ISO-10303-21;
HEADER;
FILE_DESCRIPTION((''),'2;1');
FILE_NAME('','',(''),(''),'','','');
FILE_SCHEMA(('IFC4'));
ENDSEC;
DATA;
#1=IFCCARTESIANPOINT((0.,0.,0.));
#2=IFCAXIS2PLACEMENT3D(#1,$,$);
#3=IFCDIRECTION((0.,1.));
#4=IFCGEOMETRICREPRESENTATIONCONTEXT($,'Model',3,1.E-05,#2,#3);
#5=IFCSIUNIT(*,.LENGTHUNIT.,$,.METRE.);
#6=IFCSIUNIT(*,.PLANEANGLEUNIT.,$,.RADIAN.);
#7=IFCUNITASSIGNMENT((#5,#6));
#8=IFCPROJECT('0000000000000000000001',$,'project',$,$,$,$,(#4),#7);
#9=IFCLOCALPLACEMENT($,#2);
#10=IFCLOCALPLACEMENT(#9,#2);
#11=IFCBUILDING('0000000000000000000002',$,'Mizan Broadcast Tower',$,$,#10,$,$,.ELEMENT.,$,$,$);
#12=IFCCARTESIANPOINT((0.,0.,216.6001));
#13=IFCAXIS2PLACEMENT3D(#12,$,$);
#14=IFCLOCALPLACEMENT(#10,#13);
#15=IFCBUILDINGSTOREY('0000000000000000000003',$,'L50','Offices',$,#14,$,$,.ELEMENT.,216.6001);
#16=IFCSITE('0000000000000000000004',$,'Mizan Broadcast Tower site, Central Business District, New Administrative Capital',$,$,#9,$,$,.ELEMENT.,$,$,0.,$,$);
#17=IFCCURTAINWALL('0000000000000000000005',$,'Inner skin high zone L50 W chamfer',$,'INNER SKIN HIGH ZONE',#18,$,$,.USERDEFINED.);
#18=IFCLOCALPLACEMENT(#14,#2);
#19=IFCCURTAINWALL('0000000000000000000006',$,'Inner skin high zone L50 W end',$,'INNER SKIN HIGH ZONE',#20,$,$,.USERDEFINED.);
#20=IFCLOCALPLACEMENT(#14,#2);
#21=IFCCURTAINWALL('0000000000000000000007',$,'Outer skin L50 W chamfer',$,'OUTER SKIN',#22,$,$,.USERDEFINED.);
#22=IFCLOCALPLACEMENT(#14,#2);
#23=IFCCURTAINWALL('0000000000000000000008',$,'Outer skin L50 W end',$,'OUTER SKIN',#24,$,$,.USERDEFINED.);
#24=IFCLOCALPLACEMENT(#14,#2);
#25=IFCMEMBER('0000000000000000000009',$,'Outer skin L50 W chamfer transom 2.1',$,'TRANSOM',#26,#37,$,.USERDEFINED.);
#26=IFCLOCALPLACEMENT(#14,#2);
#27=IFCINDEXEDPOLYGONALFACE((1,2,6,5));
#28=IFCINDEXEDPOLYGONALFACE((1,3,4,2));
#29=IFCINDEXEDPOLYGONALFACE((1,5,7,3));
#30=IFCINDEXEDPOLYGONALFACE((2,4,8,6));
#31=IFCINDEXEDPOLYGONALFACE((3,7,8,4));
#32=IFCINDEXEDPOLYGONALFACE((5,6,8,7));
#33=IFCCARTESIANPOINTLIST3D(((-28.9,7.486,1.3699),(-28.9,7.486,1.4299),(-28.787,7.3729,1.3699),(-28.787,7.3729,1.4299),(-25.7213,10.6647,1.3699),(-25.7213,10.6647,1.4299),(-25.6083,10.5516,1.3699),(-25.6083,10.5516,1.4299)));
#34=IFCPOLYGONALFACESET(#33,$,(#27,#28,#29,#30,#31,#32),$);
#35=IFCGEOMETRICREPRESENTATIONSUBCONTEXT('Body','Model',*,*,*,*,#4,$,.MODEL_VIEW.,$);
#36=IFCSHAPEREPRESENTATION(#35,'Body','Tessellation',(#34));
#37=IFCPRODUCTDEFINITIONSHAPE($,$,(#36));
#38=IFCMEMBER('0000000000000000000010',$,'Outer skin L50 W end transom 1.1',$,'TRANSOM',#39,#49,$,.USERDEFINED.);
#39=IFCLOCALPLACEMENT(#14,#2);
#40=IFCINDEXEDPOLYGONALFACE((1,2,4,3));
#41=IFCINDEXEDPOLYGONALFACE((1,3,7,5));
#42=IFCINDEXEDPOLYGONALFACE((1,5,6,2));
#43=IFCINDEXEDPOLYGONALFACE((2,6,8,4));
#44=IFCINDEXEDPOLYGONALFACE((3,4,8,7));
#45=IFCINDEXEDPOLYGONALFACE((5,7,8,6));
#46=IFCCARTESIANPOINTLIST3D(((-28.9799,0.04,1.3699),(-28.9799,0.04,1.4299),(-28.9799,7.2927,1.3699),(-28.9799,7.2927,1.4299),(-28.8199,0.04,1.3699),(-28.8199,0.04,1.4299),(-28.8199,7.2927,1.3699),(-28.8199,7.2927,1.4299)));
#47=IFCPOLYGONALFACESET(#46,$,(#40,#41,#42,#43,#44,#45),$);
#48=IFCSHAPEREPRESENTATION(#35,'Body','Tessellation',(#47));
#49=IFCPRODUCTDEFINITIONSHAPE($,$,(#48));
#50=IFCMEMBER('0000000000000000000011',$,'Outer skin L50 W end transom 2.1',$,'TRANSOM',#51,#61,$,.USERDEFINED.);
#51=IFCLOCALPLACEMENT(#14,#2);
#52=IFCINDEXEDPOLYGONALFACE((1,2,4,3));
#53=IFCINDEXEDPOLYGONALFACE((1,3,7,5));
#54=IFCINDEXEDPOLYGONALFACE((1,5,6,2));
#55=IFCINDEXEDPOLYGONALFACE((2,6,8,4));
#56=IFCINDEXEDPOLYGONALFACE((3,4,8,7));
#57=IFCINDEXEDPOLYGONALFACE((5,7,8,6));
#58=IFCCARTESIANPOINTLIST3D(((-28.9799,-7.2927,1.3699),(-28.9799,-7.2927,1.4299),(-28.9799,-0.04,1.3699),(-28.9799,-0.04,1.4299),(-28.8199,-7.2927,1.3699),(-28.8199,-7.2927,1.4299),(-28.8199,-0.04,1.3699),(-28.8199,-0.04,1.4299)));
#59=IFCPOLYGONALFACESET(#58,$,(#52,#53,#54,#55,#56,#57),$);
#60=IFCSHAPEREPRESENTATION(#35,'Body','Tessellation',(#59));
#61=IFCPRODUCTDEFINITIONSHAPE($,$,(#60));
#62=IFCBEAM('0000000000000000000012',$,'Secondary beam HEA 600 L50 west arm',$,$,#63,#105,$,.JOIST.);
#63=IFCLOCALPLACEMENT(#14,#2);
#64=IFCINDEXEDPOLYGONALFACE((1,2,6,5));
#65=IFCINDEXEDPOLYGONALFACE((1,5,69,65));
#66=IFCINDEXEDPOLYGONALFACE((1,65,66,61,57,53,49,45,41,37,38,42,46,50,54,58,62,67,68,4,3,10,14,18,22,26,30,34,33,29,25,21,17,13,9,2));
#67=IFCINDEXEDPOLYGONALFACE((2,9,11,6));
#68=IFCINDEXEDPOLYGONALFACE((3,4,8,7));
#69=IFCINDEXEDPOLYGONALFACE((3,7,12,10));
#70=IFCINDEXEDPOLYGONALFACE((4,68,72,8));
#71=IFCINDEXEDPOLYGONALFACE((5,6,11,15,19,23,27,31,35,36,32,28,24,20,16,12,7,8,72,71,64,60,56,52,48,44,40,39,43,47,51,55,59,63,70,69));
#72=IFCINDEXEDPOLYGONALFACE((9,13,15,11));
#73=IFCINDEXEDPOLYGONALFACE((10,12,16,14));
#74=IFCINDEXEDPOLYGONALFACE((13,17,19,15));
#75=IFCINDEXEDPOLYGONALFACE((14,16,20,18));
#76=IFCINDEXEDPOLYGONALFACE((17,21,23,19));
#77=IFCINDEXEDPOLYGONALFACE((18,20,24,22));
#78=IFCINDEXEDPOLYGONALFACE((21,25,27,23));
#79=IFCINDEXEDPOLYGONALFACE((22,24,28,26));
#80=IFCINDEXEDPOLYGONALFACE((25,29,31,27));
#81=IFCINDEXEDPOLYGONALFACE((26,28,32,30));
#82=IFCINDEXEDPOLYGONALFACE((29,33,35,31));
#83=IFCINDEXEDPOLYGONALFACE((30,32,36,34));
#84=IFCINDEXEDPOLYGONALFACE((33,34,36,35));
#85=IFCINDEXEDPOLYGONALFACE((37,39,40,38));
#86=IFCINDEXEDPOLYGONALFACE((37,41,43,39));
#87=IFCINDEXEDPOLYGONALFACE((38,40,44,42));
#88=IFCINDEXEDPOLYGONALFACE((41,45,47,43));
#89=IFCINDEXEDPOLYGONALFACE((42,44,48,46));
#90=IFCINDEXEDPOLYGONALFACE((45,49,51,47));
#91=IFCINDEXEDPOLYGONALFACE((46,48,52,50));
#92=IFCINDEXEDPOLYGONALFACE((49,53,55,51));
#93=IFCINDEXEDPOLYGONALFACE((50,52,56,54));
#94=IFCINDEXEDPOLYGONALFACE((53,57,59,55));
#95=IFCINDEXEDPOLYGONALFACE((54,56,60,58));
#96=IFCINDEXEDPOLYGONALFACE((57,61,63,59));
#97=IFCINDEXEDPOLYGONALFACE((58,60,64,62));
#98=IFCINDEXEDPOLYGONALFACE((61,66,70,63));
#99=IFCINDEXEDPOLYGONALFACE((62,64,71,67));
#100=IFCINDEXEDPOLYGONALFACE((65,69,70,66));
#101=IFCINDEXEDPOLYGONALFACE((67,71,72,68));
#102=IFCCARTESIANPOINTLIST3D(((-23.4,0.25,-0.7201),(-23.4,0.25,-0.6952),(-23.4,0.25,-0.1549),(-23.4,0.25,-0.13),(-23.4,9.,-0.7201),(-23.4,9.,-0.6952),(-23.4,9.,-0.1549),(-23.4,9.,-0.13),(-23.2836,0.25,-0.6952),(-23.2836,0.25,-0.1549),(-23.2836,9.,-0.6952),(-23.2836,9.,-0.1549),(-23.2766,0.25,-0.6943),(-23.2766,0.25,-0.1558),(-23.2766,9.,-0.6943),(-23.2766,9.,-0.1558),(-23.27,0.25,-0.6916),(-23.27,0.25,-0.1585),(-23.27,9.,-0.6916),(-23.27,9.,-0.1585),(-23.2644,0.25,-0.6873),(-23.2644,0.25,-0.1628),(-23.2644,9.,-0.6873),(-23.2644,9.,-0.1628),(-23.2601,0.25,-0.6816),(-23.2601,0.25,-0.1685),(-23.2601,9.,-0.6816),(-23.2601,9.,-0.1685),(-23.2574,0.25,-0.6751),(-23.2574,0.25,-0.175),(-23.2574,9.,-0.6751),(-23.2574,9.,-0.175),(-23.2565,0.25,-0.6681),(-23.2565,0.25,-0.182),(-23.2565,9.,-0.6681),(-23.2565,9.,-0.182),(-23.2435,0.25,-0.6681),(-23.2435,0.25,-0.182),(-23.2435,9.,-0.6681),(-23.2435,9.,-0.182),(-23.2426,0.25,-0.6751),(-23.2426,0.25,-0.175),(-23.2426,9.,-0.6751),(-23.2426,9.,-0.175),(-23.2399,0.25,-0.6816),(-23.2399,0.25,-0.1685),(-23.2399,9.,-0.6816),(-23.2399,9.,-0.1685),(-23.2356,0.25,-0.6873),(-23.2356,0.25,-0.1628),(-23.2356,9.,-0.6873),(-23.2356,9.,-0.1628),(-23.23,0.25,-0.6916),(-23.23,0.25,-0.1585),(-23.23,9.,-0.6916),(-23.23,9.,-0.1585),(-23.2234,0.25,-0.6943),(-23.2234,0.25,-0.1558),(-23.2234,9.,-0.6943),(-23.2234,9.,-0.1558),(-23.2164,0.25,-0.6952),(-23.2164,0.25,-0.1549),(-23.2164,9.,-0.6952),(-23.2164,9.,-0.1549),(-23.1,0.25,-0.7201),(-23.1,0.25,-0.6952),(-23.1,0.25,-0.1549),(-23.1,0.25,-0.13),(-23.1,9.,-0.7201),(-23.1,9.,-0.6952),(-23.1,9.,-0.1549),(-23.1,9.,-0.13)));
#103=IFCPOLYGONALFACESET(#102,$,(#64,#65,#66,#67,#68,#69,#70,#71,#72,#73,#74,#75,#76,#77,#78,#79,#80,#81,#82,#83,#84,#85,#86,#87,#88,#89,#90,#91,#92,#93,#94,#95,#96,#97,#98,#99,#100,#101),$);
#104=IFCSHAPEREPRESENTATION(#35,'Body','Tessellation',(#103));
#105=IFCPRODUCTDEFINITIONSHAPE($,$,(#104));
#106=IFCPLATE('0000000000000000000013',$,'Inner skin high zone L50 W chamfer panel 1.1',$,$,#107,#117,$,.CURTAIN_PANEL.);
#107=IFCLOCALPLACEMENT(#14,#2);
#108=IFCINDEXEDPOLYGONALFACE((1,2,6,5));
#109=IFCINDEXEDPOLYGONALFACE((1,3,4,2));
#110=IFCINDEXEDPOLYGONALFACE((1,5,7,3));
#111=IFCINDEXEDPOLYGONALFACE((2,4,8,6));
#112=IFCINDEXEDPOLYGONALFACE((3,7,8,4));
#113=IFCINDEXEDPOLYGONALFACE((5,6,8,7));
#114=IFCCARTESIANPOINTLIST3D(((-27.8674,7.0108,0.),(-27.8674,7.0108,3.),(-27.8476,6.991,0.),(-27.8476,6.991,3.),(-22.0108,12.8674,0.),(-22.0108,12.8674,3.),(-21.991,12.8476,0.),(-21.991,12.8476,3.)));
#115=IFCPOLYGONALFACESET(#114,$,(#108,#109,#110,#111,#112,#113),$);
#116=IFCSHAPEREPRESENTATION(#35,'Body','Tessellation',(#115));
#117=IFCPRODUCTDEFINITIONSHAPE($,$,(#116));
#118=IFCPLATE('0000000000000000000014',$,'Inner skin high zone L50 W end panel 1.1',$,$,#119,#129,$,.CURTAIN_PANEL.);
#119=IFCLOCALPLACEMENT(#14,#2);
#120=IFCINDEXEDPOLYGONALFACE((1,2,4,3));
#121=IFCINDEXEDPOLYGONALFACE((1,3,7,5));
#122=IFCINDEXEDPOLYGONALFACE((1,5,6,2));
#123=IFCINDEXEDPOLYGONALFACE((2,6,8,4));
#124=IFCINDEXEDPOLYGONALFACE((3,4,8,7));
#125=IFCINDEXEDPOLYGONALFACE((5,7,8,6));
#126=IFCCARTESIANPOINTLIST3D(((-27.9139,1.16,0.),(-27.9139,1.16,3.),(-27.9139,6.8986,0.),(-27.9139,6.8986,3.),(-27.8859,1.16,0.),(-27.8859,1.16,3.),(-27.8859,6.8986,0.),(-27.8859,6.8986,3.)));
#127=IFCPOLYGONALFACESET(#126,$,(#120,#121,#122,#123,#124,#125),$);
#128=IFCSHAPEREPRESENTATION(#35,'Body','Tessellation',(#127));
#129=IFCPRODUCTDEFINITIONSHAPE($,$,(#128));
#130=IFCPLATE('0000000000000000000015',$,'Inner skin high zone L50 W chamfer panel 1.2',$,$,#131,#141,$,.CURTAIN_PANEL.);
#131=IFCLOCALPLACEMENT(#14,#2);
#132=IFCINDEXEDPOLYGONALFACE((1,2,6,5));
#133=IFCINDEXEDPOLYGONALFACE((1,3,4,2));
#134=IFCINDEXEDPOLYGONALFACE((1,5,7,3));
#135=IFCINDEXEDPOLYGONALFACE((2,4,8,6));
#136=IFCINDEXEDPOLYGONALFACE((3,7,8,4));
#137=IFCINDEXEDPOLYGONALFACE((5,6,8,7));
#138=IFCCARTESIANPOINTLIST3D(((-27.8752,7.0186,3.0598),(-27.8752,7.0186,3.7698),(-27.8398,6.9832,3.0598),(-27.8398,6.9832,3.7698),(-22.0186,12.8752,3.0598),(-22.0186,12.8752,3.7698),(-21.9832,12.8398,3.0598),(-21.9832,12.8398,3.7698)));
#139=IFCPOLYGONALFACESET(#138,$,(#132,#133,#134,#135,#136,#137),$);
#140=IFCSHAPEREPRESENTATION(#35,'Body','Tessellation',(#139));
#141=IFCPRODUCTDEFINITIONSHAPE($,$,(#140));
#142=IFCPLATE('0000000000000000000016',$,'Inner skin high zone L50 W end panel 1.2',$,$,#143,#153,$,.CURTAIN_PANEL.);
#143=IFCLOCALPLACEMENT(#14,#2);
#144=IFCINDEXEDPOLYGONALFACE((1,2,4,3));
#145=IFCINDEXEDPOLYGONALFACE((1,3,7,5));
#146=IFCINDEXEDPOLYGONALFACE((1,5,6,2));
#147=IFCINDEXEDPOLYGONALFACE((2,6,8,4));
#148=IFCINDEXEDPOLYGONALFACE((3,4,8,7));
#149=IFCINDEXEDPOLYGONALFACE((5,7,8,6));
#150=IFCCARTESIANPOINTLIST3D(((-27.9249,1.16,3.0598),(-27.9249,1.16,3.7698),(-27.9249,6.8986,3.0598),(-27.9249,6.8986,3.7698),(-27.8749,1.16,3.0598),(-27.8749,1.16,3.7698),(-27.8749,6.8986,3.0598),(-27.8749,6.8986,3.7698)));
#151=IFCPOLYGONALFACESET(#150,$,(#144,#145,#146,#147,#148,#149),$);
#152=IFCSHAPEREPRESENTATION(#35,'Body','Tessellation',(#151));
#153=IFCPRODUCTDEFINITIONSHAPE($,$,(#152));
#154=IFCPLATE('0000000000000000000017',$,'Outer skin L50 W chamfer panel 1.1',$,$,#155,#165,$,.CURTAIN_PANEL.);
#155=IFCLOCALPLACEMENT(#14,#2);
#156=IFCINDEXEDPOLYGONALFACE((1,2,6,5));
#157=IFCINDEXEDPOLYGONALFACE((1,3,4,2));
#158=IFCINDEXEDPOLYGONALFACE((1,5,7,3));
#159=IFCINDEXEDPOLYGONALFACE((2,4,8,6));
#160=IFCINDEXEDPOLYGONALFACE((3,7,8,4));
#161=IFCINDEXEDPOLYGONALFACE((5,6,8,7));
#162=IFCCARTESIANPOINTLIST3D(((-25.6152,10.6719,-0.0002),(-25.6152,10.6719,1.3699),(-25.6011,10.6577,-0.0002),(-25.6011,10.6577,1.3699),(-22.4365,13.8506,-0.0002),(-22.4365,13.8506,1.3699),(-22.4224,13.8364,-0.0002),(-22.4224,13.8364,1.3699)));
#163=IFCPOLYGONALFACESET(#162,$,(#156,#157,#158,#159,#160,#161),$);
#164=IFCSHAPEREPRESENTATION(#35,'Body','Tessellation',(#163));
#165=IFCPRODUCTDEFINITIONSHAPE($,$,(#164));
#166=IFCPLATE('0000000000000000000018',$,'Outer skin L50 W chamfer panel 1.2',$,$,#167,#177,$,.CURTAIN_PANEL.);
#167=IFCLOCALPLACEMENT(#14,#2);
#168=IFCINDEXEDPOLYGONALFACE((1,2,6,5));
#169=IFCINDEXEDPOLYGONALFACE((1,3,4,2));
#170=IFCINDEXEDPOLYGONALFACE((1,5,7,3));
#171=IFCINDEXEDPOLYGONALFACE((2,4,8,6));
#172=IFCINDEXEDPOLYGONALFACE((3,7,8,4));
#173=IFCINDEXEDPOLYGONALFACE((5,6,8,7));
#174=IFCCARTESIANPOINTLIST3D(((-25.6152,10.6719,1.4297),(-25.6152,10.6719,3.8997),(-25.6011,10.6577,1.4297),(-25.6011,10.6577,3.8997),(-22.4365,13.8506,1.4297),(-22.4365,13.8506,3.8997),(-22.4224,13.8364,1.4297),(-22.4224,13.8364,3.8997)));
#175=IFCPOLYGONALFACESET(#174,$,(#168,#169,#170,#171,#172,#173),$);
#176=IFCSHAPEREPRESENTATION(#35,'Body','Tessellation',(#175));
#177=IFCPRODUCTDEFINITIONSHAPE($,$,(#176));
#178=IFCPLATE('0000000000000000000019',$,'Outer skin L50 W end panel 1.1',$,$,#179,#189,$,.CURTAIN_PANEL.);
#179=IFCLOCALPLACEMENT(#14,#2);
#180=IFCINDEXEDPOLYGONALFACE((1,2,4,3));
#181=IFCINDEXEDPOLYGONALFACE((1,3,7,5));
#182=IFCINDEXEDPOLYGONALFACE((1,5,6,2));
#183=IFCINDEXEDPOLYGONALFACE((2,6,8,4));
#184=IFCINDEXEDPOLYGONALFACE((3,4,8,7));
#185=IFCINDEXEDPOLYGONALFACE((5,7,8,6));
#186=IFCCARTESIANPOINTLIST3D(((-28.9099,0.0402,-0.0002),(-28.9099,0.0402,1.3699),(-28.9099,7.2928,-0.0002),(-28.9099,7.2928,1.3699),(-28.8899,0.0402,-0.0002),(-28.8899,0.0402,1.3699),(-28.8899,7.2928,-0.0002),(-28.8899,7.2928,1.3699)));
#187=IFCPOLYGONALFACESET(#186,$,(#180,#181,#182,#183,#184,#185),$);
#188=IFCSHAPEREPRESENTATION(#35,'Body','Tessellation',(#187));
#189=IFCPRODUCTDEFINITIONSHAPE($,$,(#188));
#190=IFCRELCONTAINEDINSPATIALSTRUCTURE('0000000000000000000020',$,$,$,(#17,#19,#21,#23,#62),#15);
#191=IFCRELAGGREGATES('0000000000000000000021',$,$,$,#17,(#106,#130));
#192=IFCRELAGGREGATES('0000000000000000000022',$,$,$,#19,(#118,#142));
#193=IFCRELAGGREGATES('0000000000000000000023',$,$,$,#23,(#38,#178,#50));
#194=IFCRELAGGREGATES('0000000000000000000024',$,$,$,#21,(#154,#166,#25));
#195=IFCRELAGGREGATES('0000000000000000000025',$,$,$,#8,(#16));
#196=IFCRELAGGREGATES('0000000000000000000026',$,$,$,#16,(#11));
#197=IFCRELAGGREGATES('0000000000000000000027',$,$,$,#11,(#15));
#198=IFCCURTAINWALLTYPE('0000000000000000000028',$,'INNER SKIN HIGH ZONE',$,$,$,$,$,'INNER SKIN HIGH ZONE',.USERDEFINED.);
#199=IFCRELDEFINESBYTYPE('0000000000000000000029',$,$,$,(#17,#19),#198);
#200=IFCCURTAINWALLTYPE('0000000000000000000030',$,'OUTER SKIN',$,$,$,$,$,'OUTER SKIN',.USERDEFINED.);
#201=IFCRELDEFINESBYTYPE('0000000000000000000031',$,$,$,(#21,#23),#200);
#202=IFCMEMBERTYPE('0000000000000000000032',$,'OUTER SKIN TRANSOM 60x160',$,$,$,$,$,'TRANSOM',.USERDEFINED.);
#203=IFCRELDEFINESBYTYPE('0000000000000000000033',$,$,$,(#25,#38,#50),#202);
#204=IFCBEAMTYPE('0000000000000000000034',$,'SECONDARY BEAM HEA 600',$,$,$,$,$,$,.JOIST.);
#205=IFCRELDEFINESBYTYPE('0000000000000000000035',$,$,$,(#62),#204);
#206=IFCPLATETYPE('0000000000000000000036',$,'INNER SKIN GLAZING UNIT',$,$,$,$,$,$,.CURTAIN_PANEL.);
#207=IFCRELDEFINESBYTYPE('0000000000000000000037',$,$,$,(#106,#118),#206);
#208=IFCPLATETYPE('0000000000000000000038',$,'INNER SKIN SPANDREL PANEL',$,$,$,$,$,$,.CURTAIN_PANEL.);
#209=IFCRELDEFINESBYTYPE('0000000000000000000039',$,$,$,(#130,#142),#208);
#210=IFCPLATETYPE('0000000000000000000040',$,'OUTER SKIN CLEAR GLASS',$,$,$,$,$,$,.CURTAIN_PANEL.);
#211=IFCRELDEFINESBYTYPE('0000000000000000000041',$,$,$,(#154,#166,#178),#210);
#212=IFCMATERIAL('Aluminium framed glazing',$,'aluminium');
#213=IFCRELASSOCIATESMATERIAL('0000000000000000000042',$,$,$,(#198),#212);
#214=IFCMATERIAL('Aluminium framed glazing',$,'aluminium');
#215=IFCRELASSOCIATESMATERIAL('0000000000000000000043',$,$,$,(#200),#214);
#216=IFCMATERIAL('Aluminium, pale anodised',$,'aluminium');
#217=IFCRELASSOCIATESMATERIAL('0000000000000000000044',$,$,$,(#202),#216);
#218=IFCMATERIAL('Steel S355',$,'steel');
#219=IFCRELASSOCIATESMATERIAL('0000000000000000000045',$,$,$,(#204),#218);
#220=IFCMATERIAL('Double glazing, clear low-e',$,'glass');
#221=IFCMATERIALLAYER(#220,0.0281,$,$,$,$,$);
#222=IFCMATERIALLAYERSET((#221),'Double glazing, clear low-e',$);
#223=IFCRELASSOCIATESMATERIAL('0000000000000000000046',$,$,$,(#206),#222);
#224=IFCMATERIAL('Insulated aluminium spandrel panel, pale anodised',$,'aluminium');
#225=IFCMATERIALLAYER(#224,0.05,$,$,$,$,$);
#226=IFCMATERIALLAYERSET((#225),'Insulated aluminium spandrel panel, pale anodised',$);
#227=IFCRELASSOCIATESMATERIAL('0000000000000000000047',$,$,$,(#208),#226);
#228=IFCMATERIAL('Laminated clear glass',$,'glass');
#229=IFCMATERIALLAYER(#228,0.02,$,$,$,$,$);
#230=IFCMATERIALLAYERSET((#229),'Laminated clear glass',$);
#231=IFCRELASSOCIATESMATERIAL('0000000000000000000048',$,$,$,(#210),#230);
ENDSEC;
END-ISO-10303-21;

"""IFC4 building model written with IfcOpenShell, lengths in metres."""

from ifc_helpers import new_model, si_unit, direction, frame, origin, origin_2d, place, context, subcontext, project, spatial, rectangle, i_section, extrude, material, layer, layer_set, material_profile, profile_set, type_object, element, aggregate, save


model = new_model("IFC4")

# Units and contexts
model_context = context("Model", 3, precision=1e-05, world=origin(), true_north=direction((0.0, 1.0)))
body_context = subcontext(model_context, "Body", "Model", "MODEL_VIEW")
ifc_project = project(units=[si_unit("LENGTHUNIT", "METRE"), si_unit("PLANEANGLEUNIT", "RADIAN")], contexts=[model_context])

# Site, building, storey
site_placement = place(None, origin())
site = spatial("IfcSite", under=ifc_project, at=site_placement, Name="Mizan Broadcast Tower site, Central Business District, New Administrative Capital", CompositionType="ELEMENT", RefElevation=0.0)
building_placement = place(site_placement, origin())
building = spatial("IfcBuilding", under=site, at=building_placement, Name="Mizan Broadcast Tower", CompositionType="ELEMENT")
storey_placement = place(building_placement, frame((0.0, 0.0, 216.6001)))
storey = spatial("IfcBuildingStorey", under=building, at=storey_placement, Name="L50", Description="Offices", CompositionType="ELEMENT", Elevation=216.6001)

# Curtain walls
ifc_material_1 = material(Name="Aluminium framed glazing", Category="aluminium")
curtain_wall_type_1 = type_object("IfcCurtainWallType", Name="INNER SKIN HIGH ZONE", ElementType="INNER SKIN HIGH ZONE", PredefinedType="USERDEFINED", material=ifc_material_1)
curtain_wall_1_placement = place(storey_placement, origin())
curtain_wall_1 = element("IfcCurtainWall", 1, at=curtain_wall_1_placement, inside=storey, type_object=curtain_wall_type_1, Name="Inner skin high zone L50 W chamfer", ObjectType="INNER SKIN HIGH ZONE", PredefinedType="USERDEFINED")
curtain_wall_2_placement = place(storey_placement, origin())
curtain_wall_2 = element("IfcCurtainWall", 2, at=curtain_wall_2_placement, inside=storey, type_object=curtain_wall_type_1, Name="Inner skin high zone L50 W end", ObjectType="INNER SKIN HIGH ZONE", PredefinedType="USERDEFINED")

# Curtain wall
ifc_material_2 = material(Name="Aluminium framed glazing", Category="aluminium")
curtain_wall_type_2 = type_object("IfcCurtainWallType", Name="OUTER SKIN", ElementType="OUTER SKIN", PredefinedType="USERDEFINED", material=ifc_material_2)
curtain_wall_3_placement = place(storey_placement, origin())
curtain_wall_3 = element("IfcCurtainWall", 3, at=curtain_wall_3_placement, inside=storey, type_object=curtain_wall_type_2, Name="Outer skin L50 W chamfer", ObjectType="OUTER SKIN", PredefinedType="USERDEFINED")

# Curtain wall
curtain_wall_4_placement = place(storey_placement, origin())
curtain_wall_4 = element("IfcCurtainWall", 4, at=curtain_wall_4_placement, inside=storey, type_object=curtain_wall_type_2, Name="Outer skin L50 W end", ObjectType="OUTER SKIN", PredefinedType="USERDEFINED")

# Members
ifc_material_3 = material(Name="Aluminium, pale anodised", Category="aluminium")
ifc_material_profile_1 = material_profile(ifc_material_3, rectangle(XDim=0.1599, YDim=0.0601, at=origin_2d()), Name="TRANSOM 160x60")
ifc_profile_set_1 = profile_set([ifc_material_profile_1], Name="Aluminium, pale anodised")
member_type_1 = type_object("IfcMemberType", Name="OUTER SKIN TRANSOM 60x160", ElementType="TRANSOM", PredefinedType="USERDEFINED", material=ifc_profile_set_1)
member_1_placement = place(storey_placement, frame((-25.6648, 10.6082, 1.3999), z_axis=(-0.707107, -0.707107, 0.0), x_axis=(0.707107, -0.707107, 0.0)))
member_1 = element("IfcMember", 5, at=member_1_placement, type_object=member_type_1, Name="Outer skin L50 W chamfer transom 2.1", ObjectType="TRANSOM", PredefinedType="USERDEFINED", context=body_context, shape_type="SweptSolid", body=[
    extrude(rectangle(XDim=0.1599, YDim=0.0601, at=origin_2d()), origin(), (0.0, 0.0, 1.0), 4.4954),
])
member_2_placement = place(storey_placement, frame((-28.8999, 7.2927, 1.3999), z_axis=(0.0, -1.0, 0.0), x_axis=(1.0, 0.0, 0.0)))
member_2 = element("IfcMember", 6, at=member_2_placement, type_object=member_type_1, Name="Outer skin L50 W end transom 1.1", ObjectType="TRANSOM", PredefinedType="USERDEFINED", context=body_context, shape_type="SweptSolid", body=[
    extrude(rectangle(XDim=0.1599, YDim=0.0601, at=origin_2d()), origin(), (0.0, 0.0, 1.0), 7.2527),
])
member_3_placement = place(storey_placement, frame((-28.8999, -0.04, 1.3999), z_axis=(0.0, -1.0, 0.0), x_axis=(1.0, 0.0, 0.0)))
member_3 = element("IfcMember", 7, at=member_3_placement, type_object=member_type_1, Name="Outer skin L50 W end transom 2.1", ObjectType="TRANSOM", PredefinedType="USERDEFINED", context=body_context, shape_type="SweptSolid", body=[
    extrude(rectangle(XDim=0.1599, YDim=0.0601, at=origin_2d()), origin(), (0.0, 0.0, 1.0), 7.2527),
])

# Beam
ifc_material_4 = material(Name="Steel S355", Category="steel")
ifc_material_profile_2 = material_profile(ifc_material_4, i_section(OverallWidth=0.3, OverallDepth=0.5901, WebThickness=0.0129, FlangeThickness=0.0249, FilletRadius=0.0271, at=origin_2d()), Name="HEA 600")
ifc_profile_set_2 = profile_set([ifc_material_profile_2], Name="Steel S355")
beam_type_1 = type_object("IfcBeamType", Name="SECONDARY BEAM HEA 600", PredefinedType="JOIST", material=ifc_profile_set_2)
beam_1_placement = place(storey_placement, frame((-23.25, 9.0, -0.425), z_axis=(0.0, -1.0, 0.0), x_axis=(1.0, 0.0, 0.0)))
element("IfcBeam", 8, at=beam_1_placement, inside=storey, type_object=beam_type_1, Name="Secondary beam HEA 600 L50 west arm", PredefinedType="JOIST", context=body_context, shape_type="SweptSolid", body=[
    extrude(i_section(OverallWidth=0.3, OverallDepth=0.5901, WebThickness=0.0129, FlangeThickness=0.0249, FilletRadius=0.0271, at=origin_2d()), origin(), (0.0, 0.0, 1.0), 8.75),
])

# Plates
ifc_material_5 = material(Name="Double glazing, clear low-e", Category="glass")
ifc_layer_1 = layer(ifc_material_5, 0.0281)
ifc_layer_set_1 = layer_set([ifc_layer_1], Name="Double glazing, clear low-e")
plate_type_1 = type_object("IfcPlateType", Name="INNER SKIN GLAZING UNIT", PredefinedType="CURTAIN_PANEL", material=ifc_layer_set_1)
plate_1_placement = place(storey_placement, frame((-24.9292, 9.9292, 0.0), z_axis=(0.0, 0.0, 1.0), x_axis=(-0.707107, -0.707107, 0.0)))
plate_1 = element("IfcPlate", 9, at=plate_1_placement, type_object=plate_type_1, Name="Inner skin high zone L50 W chamfer panel 1.1", PredefinedType="CURTAIN_PANEL", context=body_context, shape_type="SweptSolid", body=[
    extrude(rectangle(XDim=8.2825, YDim=0.0281, at=origin_2d()), origin(), (0.0, 0.0, 1.0), 3.0),
])
plate_2_placement = place(storey_placement, frame((-27.8999, 4.0293, 0.0), z_axis=(0.0, 0.0, 1.0), x_axis=(0.0, -1.0, 0.0)))
plate_2 = element("IfcPlate", 10, at=plate_2_placement, type_object=plate_type_1, Name="Inner skin high zone L50 W end panel 1.1", PredefinedType="CURTAIN_PANEL", context=body_context, shape_type="SweptSolid", body=[
    extrude(rectangle(XDim=5.7385, YDim=0.0281, at=origin_2d()), origin(), (0.0, 0.0, 1.0), 3.0),
])
ifc_material_6 = material(Name="Insulated aluminium spandrel panel, pale anodised", Category="aluminium")
ifc_layer_2 = layer(ifc_material_6, 0.05)
ifc_layer_set_2 = layer_set([ifc_layer_2], Name="Insulated aluminium spandrel panel, pale anodised")
plate_type_2 = type_object("IfcPlateType", Name="INNER SKIN SPANDREL PANEL", PredefinedType="CURTAIN_PANEL", material=ifc_layer_set_2)
plate_3_placement = place(storey_placement, frame((-24.9292, 9.9292, 3.0598), z_axis=(0.0, 0.0, 1.0), x_axis=(-0.707107, -0.707107, 0.0)))
plate_3 = element("IfcPlate", 11, at=plate_3_placement, type_object=plate_type_2, Name="Inner skin high zone L50 W chamfer panel 1.2", PredefinedType="CURTAIN_PANEL", context=body_context, shape_type="SweptSolid", body=[
    extrude(rectangle(XDim=8.2825, YDim=0.05, at=origin_2d()), origin(), (0.0, 0.0, 1.0), 0.71),
])
aggregate(curtain_wall_1, [plate_1, plate_3])
plate_4_placement = place(storey_placement, frame((-27.8999, 4.0293, 3.0598), z_axis=(0.0, 0.0, 1.0), x_axis=(0.0, -1.0, 0.0)))
plate_4 = element("IfcPlate", 12, at=plate_4_placement, type_object=plate_type_2, Name="Inner skin high zone L50 W end panel 1.2", PredefinedType="CURTAIN_PANEL", context=body_context, shape_type="SweptSolid", body=[
    extrude(rectangle(XDim=5.7385, YDim=0.05, at=origin_2d()), origin(), (0.0, 0.0, 1.0), 0.71),
])
aggregate(curtain_wall_2, [plate_2, plate_4])
ifc_material_7 = material(Name="Laminated clear glass", Category="glass")
ifc_layer_3 = layer(ifc_material_7, 0.02)
ifc_layer_set_3 = layer_set([ifc_layer_3], Name="Laminated clear glass")
plate_type_3 = type_object("IfcPlateType", Name="OUTER SKIN CLEAR GLASS", PredefinedType="CURTAIN_PANEL", material=ifc_layer_set_3)
plate_5_placement = place(storey_placement, frame((-24.0188, 12.2542, -0.0002), z_axis=(0.0, 0.0, 1.0), x_axis=(-0.707107, -0.707107, 0.0)))
plate_5 = element("IfcPlate", 13, at=plate_5_placement, type_object=plate_type_3, Name="Outer skin L50 W chamfer panel 1.1", PredefinedType="CURTAIN_PANEL", context=body_context, shape_type="SweptSolid", body=[
    extrude(rectangle(XDim=4.4954, YDim=0.02, at=origin_2d()), origin(), (0.0, 0.0, 1.0), 1.3701),
])
plate_6_placement = place(storey_placement, frame((-24.0188, 12.2542, 1.4297), z_axis=(0.0, 0.0, 1.0), x_axis=(-0.707107, -0.707107, 0.0)))
plate_6 = element("IfcPlate", 14, at=plate_6_placement, type_object=plate_type_3, Name="Outer skin L50 W chamfer panel 1.2", PredefinedType="CURTAIN_PANEL", context=body_context, shape_type="SweptSolid", body=[
    extrude(rectangle(XDim=4.4954, YDim=0.02, at=origin_2d()), origin(), (0.0, 0.0, 1.0), 2.47),
])
plate_7_placement = place(storey_placement, frame((-28.8999, 3.6665, -0.0002), z_axis=(0.0, 0.0, 1.0), x_axis=(0.0, -1.0, 0.0)))
plate_7 = element("IfcPlate", 15, at=plate_7_placement, type_object=plate_type_3, Name="Outer skin L50 W end panel 1.1", PredefinedType="CURTAIN_PANEL", context=body_context, shape_type="SweptSolid", body=[
    extrude(rectangle(XDim=7.2527, YDim=0.02, at=origin_2d()), origin(), (0.0, 0.0, 1.0), 1.3701),
])
aggregate(curtain_wall_4, [member_2, plate_7, member_3])
aggregate(curtain_wall_3, [plate_5, plate_6, member_1])

save(model, "model.ifc")
